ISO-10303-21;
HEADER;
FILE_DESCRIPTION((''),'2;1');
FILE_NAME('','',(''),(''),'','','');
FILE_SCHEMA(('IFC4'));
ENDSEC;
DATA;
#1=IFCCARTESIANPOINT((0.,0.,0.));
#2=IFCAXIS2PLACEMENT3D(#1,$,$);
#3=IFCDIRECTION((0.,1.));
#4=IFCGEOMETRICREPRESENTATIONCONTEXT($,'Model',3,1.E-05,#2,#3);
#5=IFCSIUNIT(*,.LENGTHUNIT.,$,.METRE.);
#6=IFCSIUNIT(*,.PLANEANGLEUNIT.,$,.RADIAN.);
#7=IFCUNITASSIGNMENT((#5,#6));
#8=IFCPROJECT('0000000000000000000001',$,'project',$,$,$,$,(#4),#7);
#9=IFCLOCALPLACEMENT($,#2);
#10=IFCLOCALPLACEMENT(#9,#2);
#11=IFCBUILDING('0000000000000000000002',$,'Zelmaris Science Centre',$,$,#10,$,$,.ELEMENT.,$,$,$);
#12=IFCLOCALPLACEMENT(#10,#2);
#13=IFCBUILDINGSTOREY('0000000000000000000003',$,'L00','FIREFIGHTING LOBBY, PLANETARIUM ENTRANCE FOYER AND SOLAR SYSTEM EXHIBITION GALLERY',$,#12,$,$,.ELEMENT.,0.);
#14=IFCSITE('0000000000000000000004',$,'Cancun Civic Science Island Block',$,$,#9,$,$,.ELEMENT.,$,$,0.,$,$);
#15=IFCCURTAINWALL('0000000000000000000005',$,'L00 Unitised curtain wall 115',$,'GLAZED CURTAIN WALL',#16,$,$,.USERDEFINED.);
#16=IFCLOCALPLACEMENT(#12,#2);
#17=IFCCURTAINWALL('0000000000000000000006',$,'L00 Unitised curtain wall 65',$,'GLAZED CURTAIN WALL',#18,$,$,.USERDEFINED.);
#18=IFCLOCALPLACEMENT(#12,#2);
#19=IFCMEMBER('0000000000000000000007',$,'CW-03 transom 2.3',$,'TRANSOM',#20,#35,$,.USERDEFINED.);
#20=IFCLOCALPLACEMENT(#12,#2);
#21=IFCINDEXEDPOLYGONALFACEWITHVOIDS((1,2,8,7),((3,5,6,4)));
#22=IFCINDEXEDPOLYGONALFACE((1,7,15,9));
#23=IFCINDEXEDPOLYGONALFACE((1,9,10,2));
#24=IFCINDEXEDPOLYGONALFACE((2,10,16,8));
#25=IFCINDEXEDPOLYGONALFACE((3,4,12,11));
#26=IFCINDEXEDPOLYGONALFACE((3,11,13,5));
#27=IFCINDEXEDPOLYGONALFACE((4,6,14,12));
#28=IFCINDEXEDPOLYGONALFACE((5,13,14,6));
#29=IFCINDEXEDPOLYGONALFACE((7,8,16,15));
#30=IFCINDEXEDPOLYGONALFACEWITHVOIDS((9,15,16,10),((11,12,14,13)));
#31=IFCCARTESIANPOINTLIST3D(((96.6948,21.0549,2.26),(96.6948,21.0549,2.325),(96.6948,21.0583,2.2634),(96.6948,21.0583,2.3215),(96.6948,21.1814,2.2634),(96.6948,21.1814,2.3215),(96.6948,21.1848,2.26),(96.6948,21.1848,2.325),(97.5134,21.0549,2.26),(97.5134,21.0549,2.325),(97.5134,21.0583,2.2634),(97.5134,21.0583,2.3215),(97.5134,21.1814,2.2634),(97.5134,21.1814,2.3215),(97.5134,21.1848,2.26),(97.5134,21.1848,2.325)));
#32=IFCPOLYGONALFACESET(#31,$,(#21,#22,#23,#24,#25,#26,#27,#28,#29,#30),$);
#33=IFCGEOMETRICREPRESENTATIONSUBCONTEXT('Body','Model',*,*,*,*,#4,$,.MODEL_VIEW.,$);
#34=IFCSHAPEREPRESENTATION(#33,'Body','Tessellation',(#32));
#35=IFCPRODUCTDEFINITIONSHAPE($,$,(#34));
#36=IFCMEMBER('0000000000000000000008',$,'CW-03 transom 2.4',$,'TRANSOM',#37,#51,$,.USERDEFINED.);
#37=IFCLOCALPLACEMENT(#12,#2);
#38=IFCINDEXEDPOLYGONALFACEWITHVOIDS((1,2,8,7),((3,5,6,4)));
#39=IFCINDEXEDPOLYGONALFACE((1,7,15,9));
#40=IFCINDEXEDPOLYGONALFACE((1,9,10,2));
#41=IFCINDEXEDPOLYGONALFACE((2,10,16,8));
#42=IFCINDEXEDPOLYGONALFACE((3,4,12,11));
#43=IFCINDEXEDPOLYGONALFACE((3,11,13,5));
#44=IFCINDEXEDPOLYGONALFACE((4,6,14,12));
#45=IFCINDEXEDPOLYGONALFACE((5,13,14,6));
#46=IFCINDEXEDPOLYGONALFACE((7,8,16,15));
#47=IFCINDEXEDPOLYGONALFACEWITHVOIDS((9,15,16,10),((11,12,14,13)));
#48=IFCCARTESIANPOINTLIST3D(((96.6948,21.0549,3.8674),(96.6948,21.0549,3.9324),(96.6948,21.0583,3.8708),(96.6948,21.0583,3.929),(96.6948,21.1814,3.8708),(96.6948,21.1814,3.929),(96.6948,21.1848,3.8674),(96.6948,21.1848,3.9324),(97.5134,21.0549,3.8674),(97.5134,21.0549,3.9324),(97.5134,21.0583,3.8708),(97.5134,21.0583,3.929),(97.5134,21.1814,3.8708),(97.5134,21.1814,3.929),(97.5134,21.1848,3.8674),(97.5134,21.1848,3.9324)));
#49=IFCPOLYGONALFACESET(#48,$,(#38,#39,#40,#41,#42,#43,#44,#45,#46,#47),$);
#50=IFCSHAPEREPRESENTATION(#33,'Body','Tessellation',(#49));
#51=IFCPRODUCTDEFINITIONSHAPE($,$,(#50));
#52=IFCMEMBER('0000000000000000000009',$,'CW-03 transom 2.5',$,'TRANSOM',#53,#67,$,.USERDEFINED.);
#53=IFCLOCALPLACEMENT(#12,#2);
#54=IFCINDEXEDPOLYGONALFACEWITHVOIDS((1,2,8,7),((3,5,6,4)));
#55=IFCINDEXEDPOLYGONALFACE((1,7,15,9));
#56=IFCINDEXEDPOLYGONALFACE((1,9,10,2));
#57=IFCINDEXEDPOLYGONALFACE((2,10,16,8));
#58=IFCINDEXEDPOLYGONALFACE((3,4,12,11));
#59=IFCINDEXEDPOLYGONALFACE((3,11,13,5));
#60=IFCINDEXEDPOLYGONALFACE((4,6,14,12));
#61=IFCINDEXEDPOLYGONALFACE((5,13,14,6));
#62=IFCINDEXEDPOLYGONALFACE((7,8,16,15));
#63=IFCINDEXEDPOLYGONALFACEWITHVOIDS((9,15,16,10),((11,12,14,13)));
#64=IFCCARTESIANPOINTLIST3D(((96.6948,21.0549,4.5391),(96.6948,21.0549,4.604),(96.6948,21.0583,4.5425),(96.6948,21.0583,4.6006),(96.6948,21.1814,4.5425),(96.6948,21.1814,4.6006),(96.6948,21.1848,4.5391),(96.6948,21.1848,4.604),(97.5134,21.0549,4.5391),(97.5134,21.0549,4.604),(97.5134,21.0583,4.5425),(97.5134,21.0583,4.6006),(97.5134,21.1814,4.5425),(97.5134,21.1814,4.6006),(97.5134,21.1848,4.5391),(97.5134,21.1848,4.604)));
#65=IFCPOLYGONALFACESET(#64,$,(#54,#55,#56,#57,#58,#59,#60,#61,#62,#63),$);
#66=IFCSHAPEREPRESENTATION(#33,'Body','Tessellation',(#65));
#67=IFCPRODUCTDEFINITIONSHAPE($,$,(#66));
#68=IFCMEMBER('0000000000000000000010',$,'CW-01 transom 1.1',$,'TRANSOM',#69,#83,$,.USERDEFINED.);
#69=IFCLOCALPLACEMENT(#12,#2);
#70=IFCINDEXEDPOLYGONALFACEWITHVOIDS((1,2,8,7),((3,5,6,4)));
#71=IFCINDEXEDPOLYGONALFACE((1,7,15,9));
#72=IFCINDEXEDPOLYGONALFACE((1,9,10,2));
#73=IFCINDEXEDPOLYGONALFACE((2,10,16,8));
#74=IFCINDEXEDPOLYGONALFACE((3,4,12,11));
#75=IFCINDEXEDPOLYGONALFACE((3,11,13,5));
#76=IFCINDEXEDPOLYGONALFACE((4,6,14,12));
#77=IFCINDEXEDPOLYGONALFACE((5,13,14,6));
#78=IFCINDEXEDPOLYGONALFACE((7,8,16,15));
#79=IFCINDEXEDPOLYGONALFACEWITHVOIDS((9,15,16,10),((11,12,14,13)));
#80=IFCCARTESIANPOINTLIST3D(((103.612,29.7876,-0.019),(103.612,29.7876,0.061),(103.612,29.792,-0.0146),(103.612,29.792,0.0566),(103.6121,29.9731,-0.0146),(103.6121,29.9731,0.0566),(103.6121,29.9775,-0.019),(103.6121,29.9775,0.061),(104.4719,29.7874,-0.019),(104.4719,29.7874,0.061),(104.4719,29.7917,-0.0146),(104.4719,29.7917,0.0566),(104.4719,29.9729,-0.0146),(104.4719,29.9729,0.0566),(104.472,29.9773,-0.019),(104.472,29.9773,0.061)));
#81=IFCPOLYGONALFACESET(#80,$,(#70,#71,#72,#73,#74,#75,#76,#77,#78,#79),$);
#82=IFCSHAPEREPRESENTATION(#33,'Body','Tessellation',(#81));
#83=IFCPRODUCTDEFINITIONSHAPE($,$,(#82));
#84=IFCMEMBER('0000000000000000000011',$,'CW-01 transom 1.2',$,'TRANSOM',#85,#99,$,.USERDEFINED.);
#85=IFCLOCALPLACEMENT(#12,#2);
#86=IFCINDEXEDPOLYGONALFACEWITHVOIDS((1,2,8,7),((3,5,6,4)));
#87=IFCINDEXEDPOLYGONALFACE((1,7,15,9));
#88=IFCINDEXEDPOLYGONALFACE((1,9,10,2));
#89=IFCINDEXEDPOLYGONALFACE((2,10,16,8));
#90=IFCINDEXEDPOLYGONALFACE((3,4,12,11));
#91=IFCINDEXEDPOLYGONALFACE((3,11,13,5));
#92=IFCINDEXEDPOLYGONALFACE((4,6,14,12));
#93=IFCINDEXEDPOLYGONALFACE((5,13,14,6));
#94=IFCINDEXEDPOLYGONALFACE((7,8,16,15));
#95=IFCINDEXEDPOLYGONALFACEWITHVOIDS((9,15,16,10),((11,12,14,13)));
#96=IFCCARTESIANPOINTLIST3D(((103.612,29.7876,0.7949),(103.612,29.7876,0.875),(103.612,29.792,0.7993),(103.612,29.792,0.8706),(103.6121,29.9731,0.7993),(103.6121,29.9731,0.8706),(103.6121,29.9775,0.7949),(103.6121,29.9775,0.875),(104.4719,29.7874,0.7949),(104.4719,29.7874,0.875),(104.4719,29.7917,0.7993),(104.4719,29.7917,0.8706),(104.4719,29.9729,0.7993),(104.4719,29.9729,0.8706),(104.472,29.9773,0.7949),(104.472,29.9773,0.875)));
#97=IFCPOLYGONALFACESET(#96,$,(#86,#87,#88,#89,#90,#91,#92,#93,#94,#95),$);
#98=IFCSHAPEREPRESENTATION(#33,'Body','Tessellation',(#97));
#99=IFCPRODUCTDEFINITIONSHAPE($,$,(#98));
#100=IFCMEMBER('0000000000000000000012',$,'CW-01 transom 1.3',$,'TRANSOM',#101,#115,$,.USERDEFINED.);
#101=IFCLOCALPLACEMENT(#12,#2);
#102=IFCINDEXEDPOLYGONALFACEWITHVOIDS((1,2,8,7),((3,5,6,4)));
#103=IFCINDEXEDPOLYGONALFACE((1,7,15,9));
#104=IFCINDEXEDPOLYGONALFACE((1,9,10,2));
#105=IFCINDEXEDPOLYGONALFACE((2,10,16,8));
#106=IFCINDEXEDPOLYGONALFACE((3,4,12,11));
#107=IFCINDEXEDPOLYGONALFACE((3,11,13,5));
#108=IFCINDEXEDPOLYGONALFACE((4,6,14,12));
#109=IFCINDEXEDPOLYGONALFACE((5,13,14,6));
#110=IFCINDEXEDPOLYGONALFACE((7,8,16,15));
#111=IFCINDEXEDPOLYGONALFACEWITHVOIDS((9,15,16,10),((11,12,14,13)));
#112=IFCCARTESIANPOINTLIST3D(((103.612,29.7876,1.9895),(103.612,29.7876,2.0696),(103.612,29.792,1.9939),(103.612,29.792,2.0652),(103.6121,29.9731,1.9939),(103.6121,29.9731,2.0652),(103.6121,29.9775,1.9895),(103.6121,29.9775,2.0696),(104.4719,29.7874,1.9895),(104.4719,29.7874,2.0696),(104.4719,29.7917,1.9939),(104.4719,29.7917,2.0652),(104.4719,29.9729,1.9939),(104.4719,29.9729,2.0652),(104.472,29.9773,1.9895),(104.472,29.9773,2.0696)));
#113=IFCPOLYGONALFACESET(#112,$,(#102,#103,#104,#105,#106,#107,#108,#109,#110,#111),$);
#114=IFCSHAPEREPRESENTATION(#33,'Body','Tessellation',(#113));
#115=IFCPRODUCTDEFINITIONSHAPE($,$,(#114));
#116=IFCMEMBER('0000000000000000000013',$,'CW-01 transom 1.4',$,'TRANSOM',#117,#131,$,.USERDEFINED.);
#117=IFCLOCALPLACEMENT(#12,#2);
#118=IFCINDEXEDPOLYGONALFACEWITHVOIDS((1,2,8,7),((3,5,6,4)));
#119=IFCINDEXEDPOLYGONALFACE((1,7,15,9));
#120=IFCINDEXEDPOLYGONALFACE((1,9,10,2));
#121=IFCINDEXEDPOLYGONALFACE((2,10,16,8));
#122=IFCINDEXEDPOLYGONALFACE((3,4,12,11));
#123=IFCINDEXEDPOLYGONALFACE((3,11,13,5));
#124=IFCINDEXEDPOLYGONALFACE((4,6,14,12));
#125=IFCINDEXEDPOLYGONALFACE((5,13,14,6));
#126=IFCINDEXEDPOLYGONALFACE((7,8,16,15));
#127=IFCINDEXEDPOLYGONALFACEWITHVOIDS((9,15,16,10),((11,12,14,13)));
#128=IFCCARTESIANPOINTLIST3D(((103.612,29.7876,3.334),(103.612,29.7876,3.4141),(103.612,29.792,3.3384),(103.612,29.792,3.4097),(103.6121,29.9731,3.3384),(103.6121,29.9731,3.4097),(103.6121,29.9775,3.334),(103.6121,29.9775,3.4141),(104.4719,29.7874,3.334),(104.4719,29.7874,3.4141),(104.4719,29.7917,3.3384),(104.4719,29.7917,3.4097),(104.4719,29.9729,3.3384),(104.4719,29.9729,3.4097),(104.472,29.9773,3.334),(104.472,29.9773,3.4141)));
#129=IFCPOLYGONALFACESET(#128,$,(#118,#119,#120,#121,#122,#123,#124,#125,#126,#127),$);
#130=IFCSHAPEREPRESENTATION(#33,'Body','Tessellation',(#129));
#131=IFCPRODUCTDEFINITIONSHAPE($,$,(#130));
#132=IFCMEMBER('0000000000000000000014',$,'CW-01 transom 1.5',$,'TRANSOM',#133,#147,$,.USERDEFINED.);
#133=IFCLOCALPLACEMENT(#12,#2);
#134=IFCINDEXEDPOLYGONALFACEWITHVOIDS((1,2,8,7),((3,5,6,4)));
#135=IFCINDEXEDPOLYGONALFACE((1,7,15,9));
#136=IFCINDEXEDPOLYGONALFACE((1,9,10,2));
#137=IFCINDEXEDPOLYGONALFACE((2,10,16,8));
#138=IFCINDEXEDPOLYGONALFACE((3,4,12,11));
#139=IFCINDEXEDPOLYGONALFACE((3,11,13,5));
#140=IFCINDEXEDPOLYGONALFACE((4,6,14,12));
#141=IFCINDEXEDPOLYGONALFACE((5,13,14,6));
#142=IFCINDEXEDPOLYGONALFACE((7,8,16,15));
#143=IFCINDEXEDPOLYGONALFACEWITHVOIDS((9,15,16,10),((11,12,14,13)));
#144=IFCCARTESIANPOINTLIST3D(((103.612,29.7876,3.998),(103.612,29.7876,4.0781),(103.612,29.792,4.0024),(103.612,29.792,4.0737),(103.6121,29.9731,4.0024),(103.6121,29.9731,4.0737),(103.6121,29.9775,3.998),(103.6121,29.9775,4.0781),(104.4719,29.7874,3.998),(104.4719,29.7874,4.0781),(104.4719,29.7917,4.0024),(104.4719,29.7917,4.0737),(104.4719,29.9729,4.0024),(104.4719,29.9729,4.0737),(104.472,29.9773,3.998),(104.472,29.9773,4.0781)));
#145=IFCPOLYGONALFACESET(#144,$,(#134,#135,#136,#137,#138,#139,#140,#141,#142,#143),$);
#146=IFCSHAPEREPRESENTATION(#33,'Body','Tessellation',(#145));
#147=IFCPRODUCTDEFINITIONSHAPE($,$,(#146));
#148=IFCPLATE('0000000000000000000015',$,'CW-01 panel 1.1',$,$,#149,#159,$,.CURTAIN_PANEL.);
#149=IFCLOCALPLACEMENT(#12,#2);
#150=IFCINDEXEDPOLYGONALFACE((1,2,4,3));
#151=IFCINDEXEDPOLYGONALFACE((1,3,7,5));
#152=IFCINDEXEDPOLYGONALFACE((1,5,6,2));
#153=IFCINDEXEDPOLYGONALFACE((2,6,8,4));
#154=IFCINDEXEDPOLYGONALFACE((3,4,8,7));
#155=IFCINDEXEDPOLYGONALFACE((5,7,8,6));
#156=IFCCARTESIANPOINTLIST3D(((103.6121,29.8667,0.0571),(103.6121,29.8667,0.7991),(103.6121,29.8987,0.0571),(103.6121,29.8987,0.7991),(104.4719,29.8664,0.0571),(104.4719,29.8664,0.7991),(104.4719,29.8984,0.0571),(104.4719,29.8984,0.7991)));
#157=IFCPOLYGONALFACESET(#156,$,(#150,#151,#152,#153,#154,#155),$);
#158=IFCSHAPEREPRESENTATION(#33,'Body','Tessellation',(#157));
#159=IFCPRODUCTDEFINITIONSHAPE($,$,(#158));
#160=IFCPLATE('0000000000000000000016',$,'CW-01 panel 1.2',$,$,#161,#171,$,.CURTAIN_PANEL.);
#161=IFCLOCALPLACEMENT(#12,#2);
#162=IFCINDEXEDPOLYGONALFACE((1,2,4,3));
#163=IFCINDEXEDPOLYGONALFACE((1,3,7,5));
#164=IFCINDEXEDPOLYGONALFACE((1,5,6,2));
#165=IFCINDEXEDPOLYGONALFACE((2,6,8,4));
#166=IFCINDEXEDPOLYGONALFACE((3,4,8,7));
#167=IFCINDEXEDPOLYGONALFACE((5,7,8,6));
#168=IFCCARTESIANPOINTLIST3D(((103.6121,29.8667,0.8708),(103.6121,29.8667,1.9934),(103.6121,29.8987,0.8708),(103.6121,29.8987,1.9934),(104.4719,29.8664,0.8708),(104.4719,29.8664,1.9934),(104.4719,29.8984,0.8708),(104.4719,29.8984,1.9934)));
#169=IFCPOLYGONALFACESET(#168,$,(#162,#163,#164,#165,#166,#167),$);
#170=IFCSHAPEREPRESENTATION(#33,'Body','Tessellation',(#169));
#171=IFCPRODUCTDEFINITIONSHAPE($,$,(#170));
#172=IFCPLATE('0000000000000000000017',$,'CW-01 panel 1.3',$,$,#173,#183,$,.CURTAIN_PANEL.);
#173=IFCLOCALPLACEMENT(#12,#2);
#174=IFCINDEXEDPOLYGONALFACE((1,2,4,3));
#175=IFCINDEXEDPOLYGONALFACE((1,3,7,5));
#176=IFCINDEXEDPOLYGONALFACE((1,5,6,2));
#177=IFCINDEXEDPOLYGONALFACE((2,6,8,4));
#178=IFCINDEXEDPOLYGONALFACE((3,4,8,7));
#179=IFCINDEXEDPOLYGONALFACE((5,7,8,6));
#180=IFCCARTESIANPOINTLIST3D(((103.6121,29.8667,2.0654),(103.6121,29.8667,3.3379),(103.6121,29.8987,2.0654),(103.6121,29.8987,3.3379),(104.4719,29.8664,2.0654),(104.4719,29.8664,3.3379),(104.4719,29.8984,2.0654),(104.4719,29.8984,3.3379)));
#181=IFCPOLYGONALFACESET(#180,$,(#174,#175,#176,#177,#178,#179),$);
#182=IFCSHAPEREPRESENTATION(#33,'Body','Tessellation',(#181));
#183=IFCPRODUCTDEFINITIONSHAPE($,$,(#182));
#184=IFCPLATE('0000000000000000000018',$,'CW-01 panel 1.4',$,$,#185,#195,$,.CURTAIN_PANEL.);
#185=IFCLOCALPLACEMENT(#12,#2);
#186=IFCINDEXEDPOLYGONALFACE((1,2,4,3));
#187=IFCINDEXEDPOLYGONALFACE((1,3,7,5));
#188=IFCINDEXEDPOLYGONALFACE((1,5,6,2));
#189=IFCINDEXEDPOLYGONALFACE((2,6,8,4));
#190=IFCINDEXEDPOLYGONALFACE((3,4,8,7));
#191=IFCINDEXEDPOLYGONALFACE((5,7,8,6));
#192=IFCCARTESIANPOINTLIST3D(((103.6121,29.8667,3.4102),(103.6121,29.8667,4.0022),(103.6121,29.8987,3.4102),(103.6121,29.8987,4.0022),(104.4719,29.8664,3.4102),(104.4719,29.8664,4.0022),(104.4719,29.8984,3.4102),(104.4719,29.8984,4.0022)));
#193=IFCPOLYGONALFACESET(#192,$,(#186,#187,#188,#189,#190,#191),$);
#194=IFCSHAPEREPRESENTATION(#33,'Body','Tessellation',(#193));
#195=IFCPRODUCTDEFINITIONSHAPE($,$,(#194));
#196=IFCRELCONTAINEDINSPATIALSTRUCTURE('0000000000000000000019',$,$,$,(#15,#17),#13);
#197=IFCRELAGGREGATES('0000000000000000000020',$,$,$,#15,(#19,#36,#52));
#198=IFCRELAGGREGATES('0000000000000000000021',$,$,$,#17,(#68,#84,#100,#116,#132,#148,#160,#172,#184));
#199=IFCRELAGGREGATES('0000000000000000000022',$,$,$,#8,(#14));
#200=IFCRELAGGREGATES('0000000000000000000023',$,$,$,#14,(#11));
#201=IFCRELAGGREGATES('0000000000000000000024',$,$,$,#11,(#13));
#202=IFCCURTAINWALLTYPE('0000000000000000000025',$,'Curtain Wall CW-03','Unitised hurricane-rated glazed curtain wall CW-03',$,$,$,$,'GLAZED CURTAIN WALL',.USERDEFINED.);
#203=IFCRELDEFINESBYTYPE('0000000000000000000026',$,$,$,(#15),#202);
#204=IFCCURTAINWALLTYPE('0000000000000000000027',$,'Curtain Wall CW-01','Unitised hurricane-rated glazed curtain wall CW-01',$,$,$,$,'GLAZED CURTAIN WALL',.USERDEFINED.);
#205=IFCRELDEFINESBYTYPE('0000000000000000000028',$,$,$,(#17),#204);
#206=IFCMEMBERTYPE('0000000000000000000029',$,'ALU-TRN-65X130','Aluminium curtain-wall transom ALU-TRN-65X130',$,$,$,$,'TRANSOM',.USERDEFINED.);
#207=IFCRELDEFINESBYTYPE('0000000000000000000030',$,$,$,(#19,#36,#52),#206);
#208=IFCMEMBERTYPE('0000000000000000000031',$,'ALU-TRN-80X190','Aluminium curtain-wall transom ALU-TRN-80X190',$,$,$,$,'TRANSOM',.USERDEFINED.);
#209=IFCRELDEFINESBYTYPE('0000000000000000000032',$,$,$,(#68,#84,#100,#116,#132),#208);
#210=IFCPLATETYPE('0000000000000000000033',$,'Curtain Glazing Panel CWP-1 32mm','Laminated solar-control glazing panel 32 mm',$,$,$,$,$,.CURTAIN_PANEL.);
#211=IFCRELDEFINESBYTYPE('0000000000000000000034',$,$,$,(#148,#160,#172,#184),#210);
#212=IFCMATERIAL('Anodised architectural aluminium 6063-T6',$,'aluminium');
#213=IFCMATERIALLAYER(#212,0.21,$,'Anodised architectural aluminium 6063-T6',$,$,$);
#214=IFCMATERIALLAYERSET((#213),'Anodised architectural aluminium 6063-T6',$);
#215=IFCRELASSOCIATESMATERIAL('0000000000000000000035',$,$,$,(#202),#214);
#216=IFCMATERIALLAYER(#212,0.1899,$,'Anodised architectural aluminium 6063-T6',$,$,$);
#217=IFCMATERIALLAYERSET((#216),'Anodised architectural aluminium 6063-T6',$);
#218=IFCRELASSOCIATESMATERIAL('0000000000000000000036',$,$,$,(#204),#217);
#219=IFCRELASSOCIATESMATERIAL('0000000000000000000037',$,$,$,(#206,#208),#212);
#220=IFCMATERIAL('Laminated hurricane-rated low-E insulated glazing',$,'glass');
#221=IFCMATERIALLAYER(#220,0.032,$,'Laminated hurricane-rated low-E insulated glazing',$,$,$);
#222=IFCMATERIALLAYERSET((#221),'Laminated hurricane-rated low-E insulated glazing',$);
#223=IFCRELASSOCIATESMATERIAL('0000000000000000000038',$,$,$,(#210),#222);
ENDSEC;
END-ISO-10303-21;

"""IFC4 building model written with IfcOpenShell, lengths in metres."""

from ifc_helpers import new_model, si_unit, direction, frame, origin, origin_2d, place, context, subcontext, project, spatial, rectangle, hollow_rectangle, extrude, material, layer, layer_set, material_profile, profile_set, type_object, element, aggregate, save


model = new_model("IFC4")

# Units and contexts
model_context = context("Model", 3, precision=1e-05, world=origin(), true_north=direction((0.0, 1.0)))
body_context = subcontext(model_context, "Body", "Model", "MODEL_VIEW")
ifc_project = project(units=[si_unit("LENGTHUNIT", "METRE"), si_unit("PLANEANGLEUNIT", "RADIAN")], contexts=[model_context])

# Site, building, storey
site_placement = place(None, origin())
site = spatial("IfcSite", under=ifc_project, at=site_placement, Name="Cancun Civic Science Island Block", CompositionType="ELEMENT", RefElevation=0.0)
building_placement = place(site_placement, origin())
building = spatial("IfcBuilding", under=site, at=building_placement, Name="Zelmaris Science Centre", CompositionType="ELEMENT")
storey_placement = place(building_placement, origin())
storey = spatial("IfcBuildingStorey", under=building, at=storey_placement, Name="L00", Description="FIREFIGHTING LOBBY, PLANETARIUM ENTRANCE FOYER AND SOLAR SYSTEM EXHIBITION GALLERY", CompositionType="ELEMENT", Elevation=0.0)

# Shared definitions
ifc_material_1 = material(Name="Anodised architectural aluminium 6063-T6", Category="aluminium")

# Curtain walls
ifc_layer_1 = layer(ifc_material_1, 0.21, Name="Anodised architectural aluminium 6063-T6")
ifc_layer_set_1 = layer_set([ifc_layer_1], Name="Anodised architectural aluminium 6063-T6")
curtain_wall_type_1 = type_object("IfcCurtainWallType", Name="Curtain Wall CW-03", Description="Unitised hurricane-rated glazed curtain wall CW-03", ElementType="GLAZED CURTAIN WALL", PredefinedType="USERDEFINED", material=ifc_layer_set_1)
curtain_wall_1_placement = place(storey_placement, origin())
curtain_wall_1 = element("IfcCurtainWall", 1, at=curtain_wall_1_placement, inside=storey, type_object=curtain_wall_type_1, Name="L00 Unitised curtain wall 115", ObjectType="GLAZED CURTAIN WALL", PredefinedType="USERDEFINED")
ifc_layer_2 = layer(ifc_material_1, 0.1899, Name="Anodised architectural aluminium 6063-T6")
ifc_layer_set_2 = layer_set([ifc_layer_2], Name="Anodised architectural aluminium 6063-T6")
curtain_wall_type_2 = type_object("IfcCurtainWallType", Name="Curtain Wall CW-01", Description="Unitised hurricane-rated glazed curtain wall CW-01", ElementType="GLAZED CURTAIN WALL", PredefinedType="USERDEFINED", material=ifc_layer_set_2)
curtain_wall_2_placement = place(storey_placement, origin())
curtain_wall_2 = element("IfcCurtainWall", 2, at=curtain_wall_2_placement, inside=storey, type_object=curtain_wall_type_2, Name="L00 Unitised curtain wall 65", ObjectType="GLAZED CURTAIN WALL", PredefinedType="USERDEFINED")

# Members
ifc_material_profile_1 = material_profile(ifc_material_1, hollow_rectangle(XDim=0.0649, YDim=0.1299, WallThickness=0.0034, at=origin_2d()), Name="ALU-TRN-65X130")
ifc_profile_set_1 = profile_set([ifc_material_profile_1], Name="Anodised architectural aluminium 6063-T6")
member_type_1 = type_object("IfcMemberType", Name="ALU-TRN-65X130", Description="Aluminium curtain-wall transom ALU-TRN-65X130", ElementType="TRANSOM", PredefinedType="USERDEFINED", material=ifc_profile_set_1)
member_1_placement = place(storey_placement, frame((97.5134, 21.1199, 2.2925), z_axis=(-1.0, 0.0, 0.0), x_axis=(0.0, 0.0, 1.0)))
member_1 = element("IfcMember", 3, at=member_1_placement, type_object=member_type_1, Name="CW-03 transom 2.3", ObjectType="TRANSOM", PredefinedType="USERDEFINED", context=body_context, shape_type="SweptSolid", body=[
    extrude(hollow_rectangle(XDim=0.0649, YDim=0.1299, WallThickness=0.0034, at=origin_2d()), origin(), (0.0, 0.0, 1.0), 0.8186),
])
member_2_placement = place(storey_placement, frame((97.5134, 21.1199, 3.8999), z_axis=(-1.0, 0.0, 0.0), x_axis=(0.0, 0.0, 1.0)))
member_2 = element("IfcMember", 4, at=member_2_placement, type_object=member_type_1, Name="CW-03 transom 2.4", ObjectType="TRANSOM", PredefinedType="USERDEFINED", context=body_context, shape_type="SweptSolid", body=[
    extrude(hollow_rectangle(XDim=0.0649, YDim=0.1299, WallThickness=0.0034, at=origin_2d()), origin(), (0.0, 0.0, 1.0), 0.8186),
])
member_3_placement = place(storey_placement, frame((97.5134, 21.1199, 4.5715), z_axis=(-1.0, 0.0, 0.0), x_axis=(0.0, 0.0, 1.0)))
member_3 = element("IfcMember", 5, at=member_3_placement, type_object=member_type_1, Name="CW-03 transom 2.5", ObjectType="TRANSOM", PredefinedType="USERDEFINED", context=body_context, shape_type="SweptSolid", body=[
    extrude(hollow_rectangle(XDim=0.0649, YDim=0.1299, WallThickness=0.0034, at=origin_2d()), origin(), (0.0, 0.0, 1.0), 0.8186),
])
aggregate(curtain_wall_1, [member_1, member_2, member_3])
ifc_material_profile_2 = material_profile(ifc_material_1, hollow_rectangle(XDim=0.0801, YDim=0.1899, WallThickness=0.0044, at=origin_2d()), Name="ALU-TRN-80X190")
ifc_profile_set_2 = profile_set([ifc_material_profile_2], Name="Anodised architectural aluminium 6063-T6")
member_type_2 = type_object("IfcMemberType", Name="ALU-TRN-80X190", Description="Aluminium curtain-wall transom ALU-TRN-80X190", ElementType="TRANSOM", PredefinedType="USERDEFINED", material=ifc_profile_set_2)
member_4_placement = place(storey_placement, frame((103.6121, 29.8826, 0.021), z_axis=(1.0, -0.000284, 0.0), x_axis=(0.0, 0.0, 1.0)))
member_4 = element("IfcMember", 6, at=member_4_placement, type_object=member_type_2, Name="CW-01 transom 1.1", ObjectType="TRANSOM", PredefinedType="USERDEFINED", context=body_context, shape_type="SweptSolid", body=[
    extrude(hollow_rectangle(XDim=0.0801, YDim=0.1899, WallThickness=0.0044, at=origin_2d()), origin(), (0.0, 0.0, 1.0), 0.8599),
])
member_5_placement = place(storey_placement, frame((103.6121, 29.8826, 0.835), z_axis=(1.0, -0.000284, 0.0), x_axis=(0.0, 0.0, 1.0)))
member_5 = element("IfcMember", 7, at=member_5_placement, type_object=member_type_2, Name="CW-01 transom 1.2", ObjectType="TRANSOM", PredefinedType="USERDEFINED", context=body_context, shape_type="SweptSolid", body=[
    extrude(hollow_rectangle(XDim=0.0801, YDim=0.1899, WallThickness=0.0044, at=origin_2d()), origin(), (0.0, 0.0, 1.0), 0.8599),
])
member_6_placement = place(storey_placement, frame((103.6121, 29.8826, 2.0295), z_axis=(1.0, -0.000284, 0.0), x_axis=(0.0, 0.0, 1.0)))
member_6 = element("IfcMember", 8, at=member_6_placement, type_object=member_type_2, Name="CW-01 transom 1.3", ObjectType="TRANSOM", PredefinedType="USERDEFINED", context=body_context, shape_type="SweptSolid", body=[
    extrude(hollow_rectangle(XDim=0.0801, YDim=0.1899, WallThickness=0.0044, at=origin_2d()), origin(), (0.0, 0.0, 1.0), 0.8599),
])
member_7_placement = place(storey_placement, frame((103.6121, 29.8826, 3.374), z_axis=(1.0, -0.000284, 0.0), x_axis=(0.0, 0.0, 1.0)))
member_7 = element("IfcMember", 9, at=member_7_placement, type_object=member_type_2, Name="CW-01 transom 1.4", ObjectType="TRANSOM", PredefinedType="USERDEFINED", context=body_context, shape_type="SweptSolid", body=[
    extrude(hollow_rectangle(XDim=0.0801, YDim=0.1899, WallThickness=0.0044, at=origin_2d()), origin(), (0.0, 0.0, 1.0), 0.8599),
])
member_8_placement = place(storey_placement, frame((103.6121, 29.8826, 4.0381), z_axis=(1.0, -0.000284, 0.0), x_axis=(0.0, 0.0, 1.0)))
member_8 = element("IfcMember", 10, at=member_8_placement, type_object=member_type_2, Name="CW-01 transom 1.5", ObjectType="TRANSOM", PredefinedType="USERDEFINED", context=body_context, shape_type="SweptSolid", body=[
    extrude(hollow_rectangle(XDim=0.0801, YDim=0.1899, WallThickness=0.0044, at=origin_2d()), origin(), (0.0, 0.0, 1.0), 0.8599),
])

# Plates
ifc_material_2 = material(Name="Laminated hurricane-rated low-E insulated glazing", Category="glass")
ifc_layer_3 = layer(ifc_material_2, 0.032, Name="Laminated hurricane-rated low-E insulated glazing")
ifc_layer_set_3 = layer_set([ifc_layer_3], Name="Laminated hurricane-rated low-E insulated glazing")
plate_type_1 = type_object("IfcPlateType", Name="Curtain Glazing Panel CWP-1 32mm", Description="Laminated solar-control glazing panel 32 mm", PredefinedType="CURTAIN_PANEL", material=ifc_layer_set_3)
plate_1_placement = place(storey_placement, frame((104.042, 29.8826, 0.0571), z_axis=(0.0, 0.0, 1.0), x_axis=(1.0, -0.000362, 0.0)))
plate_1 = element("IfcPlate", 11, at=plate_1_placement, type_object=plate_type_1, Name="CW-01 panel 1.1", PredefinedType="CURTAIN_PANEL", context=body_context, shape_type="SweptSolid", body=[
    extrude(rectangle(XDim=0.8599, YDim=0.032, at=origin_2d()), origin(), (0.0, 0.0, 1.0), 0.7419),
])
plate_2_placement = place(storey_placement, frame((104.042, 29.8826, 0.8708), z_axis=(0.0, 0.0, 1.0), x_axis=(1.0, -0.000362, 0.0)))
plate_2 = element("IfcPlate", 12, at=plate_2_placement, type_object=plate_type_1, Name="CW-01 panel 1.2", PredefinedType="CURTAIN_PANEL", context=body_context, shape_type="SweptSolid", body=[
    extrude(rectangle(XDim=0.8599, YDim=0.032, at=origin_2d()), origin(), (0.0, 0.0, 1.0), 1.1226),
])
plate_3_placement = place(storey_placement, frame((104.042, 29.8826, 2.0654), z_axis=(0.0, 0.0, 1.0), x_axis=(1.0, -0.000362, 0.0)))
plate_3 = element("IfcPlate", 13, at=plate_3_placement, type_object=plate_type_1, Name="CW-01 panel 1.3", PredefinedType="CURTAIN_PANEL", context=body_context, shape_type="SweptSolid", body=[
    extrude(rectangle(XDim=0.8599, YDim=0.032, at=origin_2d()), origin(), (0.0, 0.0, 1.0), 1.2725),
])
plate_4_placement = place(storey_placement, frame((104.042, 29.8826, 3.4102), z_axis=(0.0, 0.0, 1.0), x_axis=(1.0, -0.000362, 0.0)))
plate_4 = element("IfcPlate", 14, at=plate_4_placement, type_object=plate_type_1, Name="CW-01 panel 1.4", PredefinedType="CURTAIN_PANEL", context=body_context, shape_type="SweptSolid", body=[
    extrude(rectangle(XDim=0.8599, YDim=0.032, at=origin_2d()), origin(), (0.0, 0.0, 1.0), 0.592),
])
aggregate(curtain_wall_2, [member_4, member_5, member_6, member_7, member_8, plate_1, plate_2, plate_3, plate_4])

save(model, "model.ifc")
